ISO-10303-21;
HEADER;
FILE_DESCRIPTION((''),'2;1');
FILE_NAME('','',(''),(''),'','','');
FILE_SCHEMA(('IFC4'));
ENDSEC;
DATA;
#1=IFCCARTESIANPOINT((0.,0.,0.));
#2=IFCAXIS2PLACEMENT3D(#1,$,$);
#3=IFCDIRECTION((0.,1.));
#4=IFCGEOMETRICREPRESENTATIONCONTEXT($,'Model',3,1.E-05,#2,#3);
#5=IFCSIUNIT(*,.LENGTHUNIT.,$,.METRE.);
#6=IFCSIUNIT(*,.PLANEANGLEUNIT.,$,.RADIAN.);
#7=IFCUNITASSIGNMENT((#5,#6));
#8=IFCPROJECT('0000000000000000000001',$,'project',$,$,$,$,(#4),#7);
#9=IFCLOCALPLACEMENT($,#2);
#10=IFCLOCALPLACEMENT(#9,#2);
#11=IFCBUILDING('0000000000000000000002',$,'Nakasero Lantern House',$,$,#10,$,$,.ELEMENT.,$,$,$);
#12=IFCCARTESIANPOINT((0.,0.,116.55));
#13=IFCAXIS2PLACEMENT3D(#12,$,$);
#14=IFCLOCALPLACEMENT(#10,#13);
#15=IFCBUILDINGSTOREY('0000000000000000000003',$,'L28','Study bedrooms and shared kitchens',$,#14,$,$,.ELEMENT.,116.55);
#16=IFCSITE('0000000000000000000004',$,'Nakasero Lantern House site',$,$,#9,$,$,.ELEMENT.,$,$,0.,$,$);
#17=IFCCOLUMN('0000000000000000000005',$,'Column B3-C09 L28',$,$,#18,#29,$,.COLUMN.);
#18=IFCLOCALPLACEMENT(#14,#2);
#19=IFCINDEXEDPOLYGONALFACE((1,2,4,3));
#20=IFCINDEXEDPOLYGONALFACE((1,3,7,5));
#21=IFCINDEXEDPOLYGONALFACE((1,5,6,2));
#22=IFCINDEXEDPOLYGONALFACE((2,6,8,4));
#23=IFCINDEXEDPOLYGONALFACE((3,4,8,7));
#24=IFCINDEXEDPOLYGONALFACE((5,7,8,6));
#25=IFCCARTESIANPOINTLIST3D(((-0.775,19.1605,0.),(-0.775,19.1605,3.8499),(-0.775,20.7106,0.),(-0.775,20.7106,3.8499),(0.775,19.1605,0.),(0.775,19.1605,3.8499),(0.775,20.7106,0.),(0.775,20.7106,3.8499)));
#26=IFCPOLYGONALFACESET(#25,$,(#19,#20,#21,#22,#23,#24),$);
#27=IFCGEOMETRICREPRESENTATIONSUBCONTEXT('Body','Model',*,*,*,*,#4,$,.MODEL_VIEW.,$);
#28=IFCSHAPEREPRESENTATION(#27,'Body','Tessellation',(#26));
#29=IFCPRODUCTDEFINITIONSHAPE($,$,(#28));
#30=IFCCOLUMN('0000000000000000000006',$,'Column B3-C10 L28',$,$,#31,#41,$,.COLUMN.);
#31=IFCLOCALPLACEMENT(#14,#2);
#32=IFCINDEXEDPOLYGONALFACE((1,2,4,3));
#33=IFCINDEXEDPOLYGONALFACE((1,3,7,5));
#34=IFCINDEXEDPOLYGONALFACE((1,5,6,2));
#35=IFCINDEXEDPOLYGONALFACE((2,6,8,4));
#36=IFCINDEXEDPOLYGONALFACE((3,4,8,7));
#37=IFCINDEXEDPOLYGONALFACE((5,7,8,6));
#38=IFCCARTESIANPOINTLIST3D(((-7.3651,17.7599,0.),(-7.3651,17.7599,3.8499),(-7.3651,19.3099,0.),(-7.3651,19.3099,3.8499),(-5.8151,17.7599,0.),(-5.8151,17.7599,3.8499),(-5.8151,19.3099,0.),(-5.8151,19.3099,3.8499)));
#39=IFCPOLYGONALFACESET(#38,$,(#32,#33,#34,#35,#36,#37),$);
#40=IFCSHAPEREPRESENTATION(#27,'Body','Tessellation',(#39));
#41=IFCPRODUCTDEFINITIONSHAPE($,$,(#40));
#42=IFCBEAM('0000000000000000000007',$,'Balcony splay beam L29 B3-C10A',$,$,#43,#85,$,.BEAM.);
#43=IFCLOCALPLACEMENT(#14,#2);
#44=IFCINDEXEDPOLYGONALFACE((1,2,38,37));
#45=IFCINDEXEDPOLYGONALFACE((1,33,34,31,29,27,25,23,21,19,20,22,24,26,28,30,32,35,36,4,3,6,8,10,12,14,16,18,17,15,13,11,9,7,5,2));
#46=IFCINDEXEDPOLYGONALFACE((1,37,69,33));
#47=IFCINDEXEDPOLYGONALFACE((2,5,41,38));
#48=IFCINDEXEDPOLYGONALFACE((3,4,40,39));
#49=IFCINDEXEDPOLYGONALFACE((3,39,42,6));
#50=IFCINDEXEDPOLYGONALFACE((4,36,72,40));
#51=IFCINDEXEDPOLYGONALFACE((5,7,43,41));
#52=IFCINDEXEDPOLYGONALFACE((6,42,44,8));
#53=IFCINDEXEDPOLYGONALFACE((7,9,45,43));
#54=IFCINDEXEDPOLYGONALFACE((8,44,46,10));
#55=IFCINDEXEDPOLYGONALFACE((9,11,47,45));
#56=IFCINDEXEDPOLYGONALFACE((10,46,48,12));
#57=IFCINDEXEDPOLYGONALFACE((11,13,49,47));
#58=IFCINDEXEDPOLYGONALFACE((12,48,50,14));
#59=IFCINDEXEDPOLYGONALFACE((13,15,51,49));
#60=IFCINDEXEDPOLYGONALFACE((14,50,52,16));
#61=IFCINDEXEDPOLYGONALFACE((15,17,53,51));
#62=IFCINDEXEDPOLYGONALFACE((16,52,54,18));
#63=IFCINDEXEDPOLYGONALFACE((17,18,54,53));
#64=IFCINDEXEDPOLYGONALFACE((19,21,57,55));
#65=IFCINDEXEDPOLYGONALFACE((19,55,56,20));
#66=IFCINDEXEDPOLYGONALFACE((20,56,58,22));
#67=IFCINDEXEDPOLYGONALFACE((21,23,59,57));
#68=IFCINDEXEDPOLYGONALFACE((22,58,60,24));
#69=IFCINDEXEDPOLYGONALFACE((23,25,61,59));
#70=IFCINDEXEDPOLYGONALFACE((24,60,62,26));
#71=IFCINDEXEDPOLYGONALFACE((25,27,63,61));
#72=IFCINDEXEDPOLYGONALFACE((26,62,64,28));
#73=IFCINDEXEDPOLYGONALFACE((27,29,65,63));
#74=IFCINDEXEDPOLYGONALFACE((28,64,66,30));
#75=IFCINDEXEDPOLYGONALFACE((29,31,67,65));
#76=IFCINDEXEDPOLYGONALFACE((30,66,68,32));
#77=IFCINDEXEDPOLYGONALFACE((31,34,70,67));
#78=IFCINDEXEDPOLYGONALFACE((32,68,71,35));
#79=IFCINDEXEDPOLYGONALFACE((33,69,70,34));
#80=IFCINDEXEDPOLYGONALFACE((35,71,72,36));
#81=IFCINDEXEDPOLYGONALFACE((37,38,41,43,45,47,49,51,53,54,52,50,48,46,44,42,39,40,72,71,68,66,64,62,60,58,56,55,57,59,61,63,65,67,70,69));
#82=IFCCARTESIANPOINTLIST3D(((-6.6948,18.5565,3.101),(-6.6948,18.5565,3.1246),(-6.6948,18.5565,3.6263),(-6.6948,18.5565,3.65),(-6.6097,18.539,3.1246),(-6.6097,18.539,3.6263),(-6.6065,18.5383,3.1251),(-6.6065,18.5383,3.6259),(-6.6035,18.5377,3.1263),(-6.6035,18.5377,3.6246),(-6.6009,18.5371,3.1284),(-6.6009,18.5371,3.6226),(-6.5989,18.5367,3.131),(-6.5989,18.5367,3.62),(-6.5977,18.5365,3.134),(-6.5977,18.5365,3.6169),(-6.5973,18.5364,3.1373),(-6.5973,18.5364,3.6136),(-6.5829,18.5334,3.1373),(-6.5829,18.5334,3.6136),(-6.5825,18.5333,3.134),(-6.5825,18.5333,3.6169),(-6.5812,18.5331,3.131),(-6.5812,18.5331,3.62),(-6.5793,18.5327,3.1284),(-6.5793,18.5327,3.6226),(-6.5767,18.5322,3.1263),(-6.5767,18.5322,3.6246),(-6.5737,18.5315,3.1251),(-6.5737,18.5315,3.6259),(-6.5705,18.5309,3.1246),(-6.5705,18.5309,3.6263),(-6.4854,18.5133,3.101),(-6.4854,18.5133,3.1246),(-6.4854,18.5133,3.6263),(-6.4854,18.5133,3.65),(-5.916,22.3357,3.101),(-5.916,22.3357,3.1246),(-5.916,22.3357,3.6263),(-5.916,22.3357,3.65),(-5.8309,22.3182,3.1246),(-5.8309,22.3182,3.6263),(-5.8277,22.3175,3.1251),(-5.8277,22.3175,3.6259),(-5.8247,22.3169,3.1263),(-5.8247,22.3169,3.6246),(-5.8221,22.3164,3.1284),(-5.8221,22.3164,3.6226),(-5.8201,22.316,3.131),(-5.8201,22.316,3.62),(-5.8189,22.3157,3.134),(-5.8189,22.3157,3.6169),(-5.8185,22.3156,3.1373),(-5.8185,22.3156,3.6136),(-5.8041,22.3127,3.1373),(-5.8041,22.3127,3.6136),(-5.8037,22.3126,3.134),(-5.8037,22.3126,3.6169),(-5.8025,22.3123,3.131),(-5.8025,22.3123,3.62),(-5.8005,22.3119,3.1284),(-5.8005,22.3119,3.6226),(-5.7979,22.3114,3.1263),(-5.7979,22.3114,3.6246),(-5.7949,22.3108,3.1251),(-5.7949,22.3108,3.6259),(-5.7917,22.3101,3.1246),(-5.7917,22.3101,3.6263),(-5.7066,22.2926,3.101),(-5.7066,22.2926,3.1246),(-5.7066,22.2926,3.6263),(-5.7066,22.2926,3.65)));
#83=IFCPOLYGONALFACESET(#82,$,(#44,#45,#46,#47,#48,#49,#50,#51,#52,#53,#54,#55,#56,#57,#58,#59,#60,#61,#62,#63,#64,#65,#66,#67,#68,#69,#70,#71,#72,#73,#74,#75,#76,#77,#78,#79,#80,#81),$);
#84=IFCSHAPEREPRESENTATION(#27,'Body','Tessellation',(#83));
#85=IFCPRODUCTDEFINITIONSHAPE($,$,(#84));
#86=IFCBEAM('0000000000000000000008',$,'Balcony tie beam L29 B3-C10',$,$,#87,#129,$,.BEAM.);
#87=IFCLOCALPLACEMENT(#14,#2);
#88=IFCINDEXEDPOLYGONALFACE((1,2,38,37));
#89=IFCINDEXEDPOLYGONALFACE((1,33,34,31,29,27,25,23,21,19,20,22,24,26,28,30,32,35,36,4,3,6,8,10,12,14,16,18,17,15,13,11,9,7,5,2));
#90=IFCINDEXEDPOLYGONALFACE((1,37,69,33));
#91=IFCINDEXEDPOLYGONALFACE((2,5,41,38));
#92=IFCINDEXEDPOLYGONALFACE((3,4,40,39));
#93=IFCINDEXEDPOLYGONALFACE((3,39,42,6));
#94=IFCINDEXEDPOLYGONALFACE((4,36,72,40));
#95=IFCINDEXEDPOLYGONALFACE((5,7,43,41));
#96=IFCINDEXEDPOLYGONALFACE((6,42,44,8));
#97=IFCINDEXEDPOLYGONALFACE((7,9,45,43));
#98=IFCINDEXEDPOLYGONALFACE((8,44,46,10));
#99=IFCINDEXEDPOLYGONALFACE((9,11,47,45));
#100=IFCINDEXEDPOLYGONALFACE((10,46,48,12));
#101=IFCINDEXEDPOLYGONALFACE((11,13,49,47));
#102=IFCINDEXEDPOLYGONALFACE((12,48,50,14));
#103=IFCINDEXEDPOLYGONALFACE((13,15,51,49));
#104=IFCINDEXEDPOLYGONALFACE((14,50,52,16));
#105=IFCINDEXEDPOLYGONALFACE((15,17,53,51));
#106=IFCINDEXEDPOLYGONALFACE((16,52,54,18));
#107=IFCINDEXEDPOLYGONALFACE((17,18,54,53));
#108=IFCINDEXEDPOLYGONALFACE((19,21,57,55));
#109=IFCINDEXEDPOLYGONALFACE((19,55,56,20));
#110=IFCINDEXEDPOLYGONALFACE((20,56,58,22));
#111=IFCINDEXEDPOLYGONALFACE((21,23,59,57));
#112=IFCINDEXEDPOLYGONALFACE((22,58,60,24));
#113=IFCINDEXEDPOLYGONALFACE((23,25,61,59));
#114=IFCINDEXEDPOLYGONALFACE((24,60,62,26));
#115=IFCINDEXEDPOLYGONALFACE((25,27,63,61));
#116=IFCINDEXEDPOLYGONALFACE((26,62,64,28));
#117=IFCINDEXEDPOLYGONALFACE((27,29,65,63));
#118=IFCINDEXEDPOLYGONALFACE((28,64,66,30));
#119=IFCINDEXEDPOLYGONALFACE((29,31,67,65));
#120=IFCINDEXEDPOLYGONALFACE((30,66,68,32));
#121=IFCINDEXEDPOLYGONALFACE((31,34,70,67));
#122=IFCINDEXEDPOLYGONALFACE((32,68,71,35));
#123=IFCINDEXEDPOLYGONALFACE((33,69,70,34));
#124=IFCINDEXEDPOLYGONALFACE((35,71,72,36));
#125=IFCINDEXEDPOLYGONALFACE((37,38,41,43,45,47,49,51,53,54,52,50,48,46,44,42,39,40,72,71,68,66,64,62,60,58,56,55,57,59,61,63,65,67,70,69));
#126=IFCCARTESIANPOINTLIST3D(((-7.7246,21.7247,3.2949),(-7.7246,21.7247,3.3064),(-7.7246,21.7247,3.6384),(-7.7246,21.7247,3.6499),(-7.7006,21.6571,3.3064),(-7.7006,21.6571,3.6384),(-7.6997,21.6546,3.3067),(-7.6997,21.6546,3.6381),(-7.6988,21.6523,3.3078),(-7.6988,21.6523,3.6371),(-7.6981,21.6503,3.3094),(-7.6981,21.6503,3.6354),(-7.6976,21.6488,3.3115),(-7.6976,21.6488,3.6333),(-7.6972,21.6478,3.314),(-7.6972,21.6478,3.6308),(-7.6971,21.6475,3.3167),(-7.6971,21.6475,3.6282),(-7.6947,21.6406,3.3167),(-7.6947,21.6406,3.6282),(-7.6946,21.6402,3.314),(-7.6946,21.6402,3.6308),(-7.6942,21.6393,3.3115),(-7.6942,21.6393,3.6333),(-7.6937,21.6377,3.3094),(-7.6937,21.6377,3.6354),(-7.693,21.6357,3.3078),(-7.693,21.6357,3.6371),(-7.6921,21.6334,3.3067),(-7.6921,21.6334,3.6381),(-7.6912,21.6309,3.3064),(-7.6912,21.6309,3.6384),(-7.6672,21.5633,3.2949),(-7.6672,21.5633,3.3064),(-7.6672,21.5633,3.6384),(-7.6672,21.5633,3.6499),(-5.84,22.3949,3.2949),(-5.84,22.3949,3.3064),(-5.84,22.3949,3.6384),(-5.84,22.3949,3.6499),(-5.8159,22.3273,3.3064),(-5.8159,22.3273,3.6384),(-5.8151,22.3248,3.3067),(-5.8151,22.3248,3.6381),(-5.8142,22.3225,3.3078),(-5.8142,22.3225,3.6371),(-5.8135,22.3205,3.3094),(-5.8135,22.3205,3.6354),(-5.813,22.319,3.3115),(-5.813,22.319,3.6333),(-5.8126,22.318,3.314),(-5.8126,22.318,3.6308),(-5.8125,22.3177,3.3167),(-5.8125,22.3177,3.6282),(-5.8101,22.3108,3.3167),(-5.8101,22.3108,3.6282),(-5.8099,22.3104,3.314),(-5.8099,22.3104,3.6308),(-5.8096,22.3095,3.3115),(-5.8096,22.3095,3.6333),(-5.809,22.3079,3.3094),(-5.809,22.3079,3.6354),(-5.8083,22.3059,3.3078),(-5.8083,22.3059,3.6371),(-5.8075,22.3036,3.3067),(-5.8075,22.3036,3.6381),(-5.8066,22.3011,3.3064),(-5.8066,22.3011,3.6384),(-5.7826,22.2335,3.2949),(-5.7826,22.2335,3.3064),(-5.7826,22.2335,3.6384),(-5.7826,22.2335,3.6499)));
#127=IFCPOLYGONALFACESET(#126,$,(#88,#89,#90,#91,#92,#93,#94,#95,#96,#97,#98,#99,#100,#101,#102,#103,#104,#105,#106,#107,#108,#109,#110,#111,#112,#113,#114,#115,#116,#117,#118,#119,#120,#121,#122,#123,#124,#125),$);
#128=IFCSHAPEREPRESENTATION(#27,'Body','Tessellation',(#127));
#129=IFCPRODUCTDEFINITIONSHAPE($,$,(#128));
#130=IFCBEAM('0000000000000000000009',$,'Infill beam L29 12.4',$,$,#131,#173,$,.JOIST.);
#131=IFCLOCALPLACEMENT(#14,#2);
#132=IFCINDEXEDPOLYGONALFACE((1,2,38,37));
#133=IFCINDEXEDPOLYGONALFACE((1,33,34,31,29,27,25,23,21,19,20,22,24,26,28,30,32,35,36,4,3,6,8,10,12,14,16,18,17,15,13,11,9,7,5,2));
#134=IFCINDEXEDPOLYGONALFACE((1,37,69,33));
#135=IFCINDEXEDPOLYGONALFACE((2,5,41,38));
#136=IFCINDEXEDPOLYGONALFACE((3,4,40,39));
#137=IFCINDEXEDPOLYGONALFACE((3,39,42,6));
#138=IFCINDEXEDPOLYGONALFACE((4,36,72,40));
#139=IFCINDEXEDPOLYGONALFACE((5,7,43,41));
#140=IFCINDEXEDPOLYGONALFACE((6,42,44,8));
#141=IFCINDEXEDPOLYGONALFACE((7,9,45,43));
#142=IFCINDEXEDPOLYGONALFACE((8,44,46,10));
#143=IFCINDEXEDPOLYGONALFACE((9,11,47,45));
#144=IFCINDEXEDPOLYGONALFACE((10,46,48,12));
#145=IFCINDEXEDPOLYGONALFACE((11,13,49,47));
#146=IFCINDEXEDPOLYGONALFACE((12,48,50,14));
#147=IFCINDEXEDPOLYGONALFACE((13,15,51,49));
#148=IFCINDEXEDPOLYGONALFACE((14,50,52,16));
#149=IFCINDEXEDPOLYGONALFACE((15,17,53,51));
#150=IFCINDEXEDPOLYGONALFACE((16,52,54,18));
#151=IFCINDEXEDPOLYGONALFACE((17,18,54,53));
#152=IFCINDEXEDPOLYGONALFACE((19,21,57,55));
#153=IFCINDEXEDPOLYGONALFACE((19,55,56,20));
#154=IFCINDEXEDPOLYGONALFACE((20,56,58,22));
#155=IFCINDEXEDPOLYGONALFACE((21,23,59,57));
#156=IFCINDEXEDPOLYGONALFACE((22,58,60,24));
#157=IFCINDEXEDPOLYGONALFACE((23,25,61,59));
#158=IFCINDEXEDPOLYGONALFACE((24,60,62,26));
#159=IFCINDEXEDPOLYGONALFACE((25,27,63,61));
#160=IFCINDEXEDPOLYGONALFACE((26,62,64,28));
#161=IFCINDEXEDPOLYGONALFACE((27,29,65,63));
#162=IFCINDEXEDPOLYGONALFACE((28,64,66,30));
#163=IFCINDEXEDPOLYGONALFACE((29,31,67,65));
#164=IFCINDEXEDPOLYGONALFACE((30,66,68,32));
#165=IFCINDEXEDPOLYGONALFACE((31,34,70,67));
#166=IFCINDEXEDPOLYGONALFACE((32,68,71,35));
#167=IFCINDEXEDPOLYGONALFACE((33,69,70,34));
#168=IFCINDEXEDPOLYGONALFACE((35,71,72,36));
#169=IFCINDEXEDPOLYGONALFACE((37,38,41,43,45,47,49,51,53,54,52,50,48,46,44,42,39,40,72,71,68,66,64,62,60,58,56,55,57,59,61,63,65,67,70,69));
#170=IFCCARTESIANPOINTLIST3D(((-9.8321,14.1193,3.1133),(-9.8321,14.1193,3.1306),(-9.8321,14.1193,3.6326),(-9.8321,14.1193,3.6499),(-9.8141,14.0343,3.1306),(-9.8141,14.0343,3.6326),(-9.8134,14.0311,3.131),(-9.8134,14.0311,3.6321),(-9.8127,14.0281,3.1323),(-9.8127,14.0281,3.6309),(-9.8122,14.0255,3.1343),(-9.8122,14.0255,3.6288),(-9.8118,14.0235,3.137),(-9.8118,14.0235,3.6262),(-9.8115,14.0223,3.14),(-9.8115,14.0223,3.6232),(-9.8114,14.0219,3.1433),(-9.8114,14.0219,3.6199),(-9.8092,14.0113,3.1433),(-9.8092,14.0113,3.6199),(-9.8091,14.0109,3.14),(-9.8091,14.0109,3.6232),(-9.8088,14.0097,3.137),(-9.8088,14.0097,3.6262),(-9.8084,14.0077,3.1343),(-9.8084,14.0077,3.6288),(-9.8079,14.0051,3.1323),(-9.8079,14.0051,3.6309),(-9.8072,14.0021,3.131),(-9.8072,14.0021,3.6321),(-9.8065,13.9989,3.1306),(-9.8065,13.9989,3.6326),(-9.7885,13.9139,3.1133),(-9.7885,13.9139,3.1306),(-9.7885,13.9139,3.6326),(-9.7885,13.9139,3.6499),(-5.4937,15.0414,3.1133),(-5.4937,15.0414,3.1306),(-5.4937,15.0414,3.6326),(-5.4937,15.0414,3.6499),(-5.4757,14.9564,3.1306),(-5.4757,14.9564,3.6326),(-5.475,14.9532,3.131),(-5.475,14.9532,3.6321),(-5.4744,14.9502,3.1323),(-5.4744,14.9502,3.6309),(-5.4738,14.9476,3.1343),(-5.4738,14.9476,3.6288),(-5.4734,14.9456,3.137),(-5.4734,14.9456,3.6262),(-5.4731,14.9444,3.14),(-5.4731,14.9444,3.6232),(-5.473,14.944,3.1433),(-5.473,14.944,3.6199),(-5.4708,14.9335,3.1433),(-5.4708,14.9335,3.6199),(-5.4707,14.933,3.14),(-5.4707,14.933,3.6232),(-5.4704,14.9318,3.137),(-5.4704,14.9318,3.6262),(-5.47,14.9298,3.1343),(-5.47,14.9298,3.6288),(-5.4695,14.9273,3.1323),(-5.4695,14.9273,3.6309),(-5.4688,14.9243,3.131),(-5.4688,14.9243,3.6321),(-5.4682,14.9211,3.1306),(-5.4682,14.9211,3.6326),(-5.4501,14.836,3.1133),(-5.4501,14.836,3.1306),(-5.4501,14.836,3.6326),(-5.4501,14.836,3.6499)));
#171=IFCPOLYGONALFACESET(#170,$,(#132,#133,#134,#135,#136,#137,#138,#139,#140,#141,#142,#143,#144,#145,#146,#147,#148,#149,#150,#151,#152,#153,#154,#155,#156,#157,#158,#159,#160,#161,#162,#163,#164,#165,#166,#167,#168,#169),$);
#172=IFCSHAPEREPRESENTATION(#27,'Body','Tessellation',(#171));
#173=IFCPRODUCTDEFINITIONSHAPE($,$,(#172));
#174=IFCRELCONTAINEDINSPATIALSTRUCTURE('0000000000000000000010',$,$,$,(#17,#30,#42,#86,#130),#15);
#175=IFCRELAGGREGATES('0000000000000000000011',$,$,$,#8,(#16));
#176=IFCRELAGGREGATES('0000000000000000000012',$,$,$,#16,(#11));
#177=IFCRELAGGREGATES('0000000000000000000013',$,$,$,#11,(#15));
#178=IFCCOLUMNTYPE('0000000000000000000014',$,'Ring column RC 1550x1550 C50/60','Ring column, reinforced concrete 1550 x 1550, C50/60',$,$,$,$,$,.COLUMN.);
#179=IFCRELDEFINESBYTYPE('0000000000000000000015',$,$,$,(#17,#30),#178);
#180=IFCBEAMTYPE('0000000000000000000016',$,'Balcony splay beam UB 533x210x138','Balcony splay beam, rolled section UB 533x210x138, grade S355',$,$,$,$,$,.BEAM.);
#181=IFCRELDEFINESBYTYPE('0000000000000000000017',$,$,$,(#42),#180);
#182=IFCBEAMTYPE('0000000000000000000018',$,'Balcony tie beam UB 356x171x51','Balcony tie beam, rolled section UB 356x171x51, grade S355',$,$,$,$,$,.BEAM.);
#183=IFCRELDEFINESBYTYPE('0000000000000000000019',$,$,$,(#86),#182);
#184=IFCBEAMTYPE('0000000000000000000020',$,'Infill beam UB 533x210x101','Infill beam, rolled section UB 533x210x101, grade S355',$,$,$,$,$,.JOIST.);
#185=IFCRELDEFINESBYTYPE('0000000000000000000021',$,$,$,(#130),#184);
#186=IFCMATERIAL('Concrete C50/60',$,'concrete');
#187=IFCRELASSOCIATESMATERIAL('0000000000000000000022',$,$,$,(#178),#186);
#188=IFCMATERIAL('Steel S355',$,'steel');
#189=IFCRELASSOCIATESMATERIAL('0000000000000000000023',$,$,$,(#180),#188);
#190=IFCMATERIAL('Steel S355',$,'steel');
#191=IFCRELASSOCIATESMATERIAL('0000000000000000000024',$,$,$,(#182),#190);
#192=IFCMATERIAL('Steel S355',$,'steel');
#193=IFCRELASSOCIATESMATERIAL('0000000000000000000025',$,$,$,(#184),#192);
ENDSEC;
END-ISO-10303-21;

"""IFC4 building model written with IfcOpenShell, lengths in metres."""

from ifc_helpers import new_model, si_unit, direction, frame, origin, origin_2d, place, context, subcontext, project, spatial, rectangle, i_section, extrude, material, material_profile, profile_set, type_object, element, save


model = new_model("IFC4")

# Units and contexts
model_context = context("Model", 3, precision=1e-05, world=origin(), true_north=direction((0.0, 1.0)))
body_context = subcontext(model_context, "Body", "Model", "MODEL_VIEW")
ifc_project = project(units=[si_unit("LENGTHUNIT", "METRE"), si_unit("PLANEANGLEUNIT", "RADIAN")], contexts=[model_context])

# Site, building, storey
site_placement = place(None, origin())
site = spatial("IfcSite", under=ifc_project, at=site_placement, Name="Nakasero Lantern House site", CompositionType="ELEMENT", RefElevation=0.0)
building_placement = place(site_placement, origin())
building = spatial("IfcBuilding", under=site, at=building_placement, Name="Nakasero Lantern House", CompositionType="ELEMENT")
storey_placement = place(building_placement, frame((0.0, 0.0, 116.55)))
storey = spatial("IfcBuildingStorey", under=building, at=storey_placement, Name="L28", Description="Study bedrooms and shared kitchens", CompositionType="ELEMENT", Elevation=116.55)

# Columns
ifc_material_1 = material(Name="Concrete C50/60", Category="concrete")
ifc_material_profile_1 = material_profile(ifc_material_1, rectangle(XDim=1.55, YDim=1.55, at=origin_2d()), Name="RC 1550x1550")
ifc_profile_set_1 = profile_set([ifc_material_profile_1], Name="Concrete C50/60")
column_type = type_object("IfcColumnType", Name="Ring column RC 1550x1550 C50/60", Description="Ring column, reinforced concrete 1550 x 1550, C50/60", PredefinedType="COLUMN", material=ifc_profile_set_1)
for number, where, z_axis, x_axis, name in (
    (1, (0.0, 19.9355, 0.0), (0.0, 0.0, 1.0), (1.0, 0.0, 0.0), "Column B3-C09 L28"),
    (2, (-6.5901, 18.5349, 0.0), (0.0, 0.0, 1.0), (1.0, 0.0, 0.0), "Column B3-C10 L28"),
):
    element("IfcColumn", number, at=place(storey_placement, frame(where, z_axis=z_axis, x_axis=x_axis)), inside=storey, type_object=column_type, Name=name, PredefinedType="COLUMN", context=body_context, shape_type="SweptSolid", body=[
        extrude(rectangle(XDim=1.55, YDim=1.55, at=origin_2d()), origin(), (0.0, 0.0, 1.0), 3.8499),
    ])

# Beams
ifc_material_2 = material(Name="Steel S355", Category="steel")
ifc_material_profile_2 = material_profile(ifc_material_2, i_section(OverallWidth=0.2139, OverallDepth=0.5491, WebThickness=0.0146, FlangeThickness=0.0237, FilletRadius=0.0127, at=origin_2d()), Name="UB 533x210x138")
ifc_profile_set_2 = profile_set([ifc_material_profile_2], Name="Steel S355")
beam_type_1 = type_object("IfcBeamType", Name="Balcony splay beam UB 533x210x138", Description="Balcony splay beam, rolled section UB 533x210x138, grade S355", PredefinedType="BEAM", material=ifc_profile_set_2)
beam_1_placement = place(storey_placement, frame((-6.5901, 18.5349, 3.3755), z_axis=(0.201831, 0.97942, 0.0), x_axis=(-0.97942, 0.201831, 0.0)))
element("IfcBeam", 3, at=beam_1_placement, inside=storey, type_object=beam_type_1, Name="Balcony splay beam L29 B3-C10A", PredefinedType="BEAM", context=body_context, shape_type="SweptSolid", body=[
    extrude(i_section(OverallWidth=0.2139, OverallDepth=0.5491, WebThickness=0.0146, FlangeThickness=0.0237, FilletRadius=0.0127, at=origin_2d()), origin(), (0.0, 0.0, 1.0), 3.8586),
])
ifc_material_3 = material(Name="Steel S355", Category="steel")
ifc_material_profile_3 = material_profile(ifc_material_3, i_section(OverallWidth=0.1714, OverallDepth=0.355, WebThickness=0.0073, FlangeThickness=0.0115, FilletRadius=0.0103, at=origin_2d()), Name="UB 356x171x51")
ifc_profile_set_3 = profile_set([ifc_material_profile_3], Name="Steel S355")
beam_type_2 = type_object("IfcBeamType", Name="Balcony tie beam UB 356x171x51", Description="Balcony tie beam, rolled section UB 356x171x51, grade S355", PredefinedType="BEAM", material=ifc_profile_set_3)
beam_2_placement = place(storey_placement, frame((-5.8113, 22.3142, 3.4724), z_axis=(-0.942197, -0.33506, 0.0), x_axis=(0.33506, -0.942197, 0.0)))
element("IfcBeam", 4, at=beam_2_placement, inside=storey, type_object=beam_type_2, Name="Balcony tie beam L29 B3-C10", PredefinedType="BEAM", context=body_context, shape_type="SweptSolid", body=[
    extrude(i_section(OverallWidth=0.1714, OverallDepth=0.355, WebThickness=0.0073, FlangeThickness=0.0115, FilletRadius=0.0103, at=origin_2d()), origin(), (0.0, 0.0, 1.0), 2.0002),
])
ifc_material_4 = material(Name="Steel S355", Category="steel")
ifc_material_profile_4 = material_profile(ifc_material_4, i_section(OverallWidth=0.21, OverallDepth=0.5366, WebThickness=0.0107, FlangeThickness=0.0173, FilletRadius=0.0127, at=origin_2d()), Name="UB 533x210x101")
ifc_profile_set_4 = profile_set([ifc_material_profile_4], Name="Steel S355")
beam_type_3 = type_object("IfcBeamType", Name="Infill beam UB 533x210x101", Description="Infill beam, rolled section UB 533x210x101, grade S355", PredefinedType="JOIST", material=ifc_profile_set_4)
beam_3_placement = place(storey_placement, frame((-9.8103, 14.0166, 3.3816), z_axis=(0.978149, 0.207905, 0.0), x_axis=(-0.207905, 0.978149, 0.0)))
element("IfcBeam", 5, at=beam_3_placement, inside=storey, type_object=beam_type_3, Name="Infill beam L29 12.4", PredefinedType="JOIST", context=body_context, shape_type="SweptSolid", body=[
    extrude(i_section(OverallWidth=0.21, OverallDepth=0.5366, WebThickness=0.0107, FlangeThickness=0.0173, FilletRadius=0.0127, at=origin_2d()), origin(), (0.0, 0.0, 1.0), 4.4353),
])

save(model, "model.ifc")
